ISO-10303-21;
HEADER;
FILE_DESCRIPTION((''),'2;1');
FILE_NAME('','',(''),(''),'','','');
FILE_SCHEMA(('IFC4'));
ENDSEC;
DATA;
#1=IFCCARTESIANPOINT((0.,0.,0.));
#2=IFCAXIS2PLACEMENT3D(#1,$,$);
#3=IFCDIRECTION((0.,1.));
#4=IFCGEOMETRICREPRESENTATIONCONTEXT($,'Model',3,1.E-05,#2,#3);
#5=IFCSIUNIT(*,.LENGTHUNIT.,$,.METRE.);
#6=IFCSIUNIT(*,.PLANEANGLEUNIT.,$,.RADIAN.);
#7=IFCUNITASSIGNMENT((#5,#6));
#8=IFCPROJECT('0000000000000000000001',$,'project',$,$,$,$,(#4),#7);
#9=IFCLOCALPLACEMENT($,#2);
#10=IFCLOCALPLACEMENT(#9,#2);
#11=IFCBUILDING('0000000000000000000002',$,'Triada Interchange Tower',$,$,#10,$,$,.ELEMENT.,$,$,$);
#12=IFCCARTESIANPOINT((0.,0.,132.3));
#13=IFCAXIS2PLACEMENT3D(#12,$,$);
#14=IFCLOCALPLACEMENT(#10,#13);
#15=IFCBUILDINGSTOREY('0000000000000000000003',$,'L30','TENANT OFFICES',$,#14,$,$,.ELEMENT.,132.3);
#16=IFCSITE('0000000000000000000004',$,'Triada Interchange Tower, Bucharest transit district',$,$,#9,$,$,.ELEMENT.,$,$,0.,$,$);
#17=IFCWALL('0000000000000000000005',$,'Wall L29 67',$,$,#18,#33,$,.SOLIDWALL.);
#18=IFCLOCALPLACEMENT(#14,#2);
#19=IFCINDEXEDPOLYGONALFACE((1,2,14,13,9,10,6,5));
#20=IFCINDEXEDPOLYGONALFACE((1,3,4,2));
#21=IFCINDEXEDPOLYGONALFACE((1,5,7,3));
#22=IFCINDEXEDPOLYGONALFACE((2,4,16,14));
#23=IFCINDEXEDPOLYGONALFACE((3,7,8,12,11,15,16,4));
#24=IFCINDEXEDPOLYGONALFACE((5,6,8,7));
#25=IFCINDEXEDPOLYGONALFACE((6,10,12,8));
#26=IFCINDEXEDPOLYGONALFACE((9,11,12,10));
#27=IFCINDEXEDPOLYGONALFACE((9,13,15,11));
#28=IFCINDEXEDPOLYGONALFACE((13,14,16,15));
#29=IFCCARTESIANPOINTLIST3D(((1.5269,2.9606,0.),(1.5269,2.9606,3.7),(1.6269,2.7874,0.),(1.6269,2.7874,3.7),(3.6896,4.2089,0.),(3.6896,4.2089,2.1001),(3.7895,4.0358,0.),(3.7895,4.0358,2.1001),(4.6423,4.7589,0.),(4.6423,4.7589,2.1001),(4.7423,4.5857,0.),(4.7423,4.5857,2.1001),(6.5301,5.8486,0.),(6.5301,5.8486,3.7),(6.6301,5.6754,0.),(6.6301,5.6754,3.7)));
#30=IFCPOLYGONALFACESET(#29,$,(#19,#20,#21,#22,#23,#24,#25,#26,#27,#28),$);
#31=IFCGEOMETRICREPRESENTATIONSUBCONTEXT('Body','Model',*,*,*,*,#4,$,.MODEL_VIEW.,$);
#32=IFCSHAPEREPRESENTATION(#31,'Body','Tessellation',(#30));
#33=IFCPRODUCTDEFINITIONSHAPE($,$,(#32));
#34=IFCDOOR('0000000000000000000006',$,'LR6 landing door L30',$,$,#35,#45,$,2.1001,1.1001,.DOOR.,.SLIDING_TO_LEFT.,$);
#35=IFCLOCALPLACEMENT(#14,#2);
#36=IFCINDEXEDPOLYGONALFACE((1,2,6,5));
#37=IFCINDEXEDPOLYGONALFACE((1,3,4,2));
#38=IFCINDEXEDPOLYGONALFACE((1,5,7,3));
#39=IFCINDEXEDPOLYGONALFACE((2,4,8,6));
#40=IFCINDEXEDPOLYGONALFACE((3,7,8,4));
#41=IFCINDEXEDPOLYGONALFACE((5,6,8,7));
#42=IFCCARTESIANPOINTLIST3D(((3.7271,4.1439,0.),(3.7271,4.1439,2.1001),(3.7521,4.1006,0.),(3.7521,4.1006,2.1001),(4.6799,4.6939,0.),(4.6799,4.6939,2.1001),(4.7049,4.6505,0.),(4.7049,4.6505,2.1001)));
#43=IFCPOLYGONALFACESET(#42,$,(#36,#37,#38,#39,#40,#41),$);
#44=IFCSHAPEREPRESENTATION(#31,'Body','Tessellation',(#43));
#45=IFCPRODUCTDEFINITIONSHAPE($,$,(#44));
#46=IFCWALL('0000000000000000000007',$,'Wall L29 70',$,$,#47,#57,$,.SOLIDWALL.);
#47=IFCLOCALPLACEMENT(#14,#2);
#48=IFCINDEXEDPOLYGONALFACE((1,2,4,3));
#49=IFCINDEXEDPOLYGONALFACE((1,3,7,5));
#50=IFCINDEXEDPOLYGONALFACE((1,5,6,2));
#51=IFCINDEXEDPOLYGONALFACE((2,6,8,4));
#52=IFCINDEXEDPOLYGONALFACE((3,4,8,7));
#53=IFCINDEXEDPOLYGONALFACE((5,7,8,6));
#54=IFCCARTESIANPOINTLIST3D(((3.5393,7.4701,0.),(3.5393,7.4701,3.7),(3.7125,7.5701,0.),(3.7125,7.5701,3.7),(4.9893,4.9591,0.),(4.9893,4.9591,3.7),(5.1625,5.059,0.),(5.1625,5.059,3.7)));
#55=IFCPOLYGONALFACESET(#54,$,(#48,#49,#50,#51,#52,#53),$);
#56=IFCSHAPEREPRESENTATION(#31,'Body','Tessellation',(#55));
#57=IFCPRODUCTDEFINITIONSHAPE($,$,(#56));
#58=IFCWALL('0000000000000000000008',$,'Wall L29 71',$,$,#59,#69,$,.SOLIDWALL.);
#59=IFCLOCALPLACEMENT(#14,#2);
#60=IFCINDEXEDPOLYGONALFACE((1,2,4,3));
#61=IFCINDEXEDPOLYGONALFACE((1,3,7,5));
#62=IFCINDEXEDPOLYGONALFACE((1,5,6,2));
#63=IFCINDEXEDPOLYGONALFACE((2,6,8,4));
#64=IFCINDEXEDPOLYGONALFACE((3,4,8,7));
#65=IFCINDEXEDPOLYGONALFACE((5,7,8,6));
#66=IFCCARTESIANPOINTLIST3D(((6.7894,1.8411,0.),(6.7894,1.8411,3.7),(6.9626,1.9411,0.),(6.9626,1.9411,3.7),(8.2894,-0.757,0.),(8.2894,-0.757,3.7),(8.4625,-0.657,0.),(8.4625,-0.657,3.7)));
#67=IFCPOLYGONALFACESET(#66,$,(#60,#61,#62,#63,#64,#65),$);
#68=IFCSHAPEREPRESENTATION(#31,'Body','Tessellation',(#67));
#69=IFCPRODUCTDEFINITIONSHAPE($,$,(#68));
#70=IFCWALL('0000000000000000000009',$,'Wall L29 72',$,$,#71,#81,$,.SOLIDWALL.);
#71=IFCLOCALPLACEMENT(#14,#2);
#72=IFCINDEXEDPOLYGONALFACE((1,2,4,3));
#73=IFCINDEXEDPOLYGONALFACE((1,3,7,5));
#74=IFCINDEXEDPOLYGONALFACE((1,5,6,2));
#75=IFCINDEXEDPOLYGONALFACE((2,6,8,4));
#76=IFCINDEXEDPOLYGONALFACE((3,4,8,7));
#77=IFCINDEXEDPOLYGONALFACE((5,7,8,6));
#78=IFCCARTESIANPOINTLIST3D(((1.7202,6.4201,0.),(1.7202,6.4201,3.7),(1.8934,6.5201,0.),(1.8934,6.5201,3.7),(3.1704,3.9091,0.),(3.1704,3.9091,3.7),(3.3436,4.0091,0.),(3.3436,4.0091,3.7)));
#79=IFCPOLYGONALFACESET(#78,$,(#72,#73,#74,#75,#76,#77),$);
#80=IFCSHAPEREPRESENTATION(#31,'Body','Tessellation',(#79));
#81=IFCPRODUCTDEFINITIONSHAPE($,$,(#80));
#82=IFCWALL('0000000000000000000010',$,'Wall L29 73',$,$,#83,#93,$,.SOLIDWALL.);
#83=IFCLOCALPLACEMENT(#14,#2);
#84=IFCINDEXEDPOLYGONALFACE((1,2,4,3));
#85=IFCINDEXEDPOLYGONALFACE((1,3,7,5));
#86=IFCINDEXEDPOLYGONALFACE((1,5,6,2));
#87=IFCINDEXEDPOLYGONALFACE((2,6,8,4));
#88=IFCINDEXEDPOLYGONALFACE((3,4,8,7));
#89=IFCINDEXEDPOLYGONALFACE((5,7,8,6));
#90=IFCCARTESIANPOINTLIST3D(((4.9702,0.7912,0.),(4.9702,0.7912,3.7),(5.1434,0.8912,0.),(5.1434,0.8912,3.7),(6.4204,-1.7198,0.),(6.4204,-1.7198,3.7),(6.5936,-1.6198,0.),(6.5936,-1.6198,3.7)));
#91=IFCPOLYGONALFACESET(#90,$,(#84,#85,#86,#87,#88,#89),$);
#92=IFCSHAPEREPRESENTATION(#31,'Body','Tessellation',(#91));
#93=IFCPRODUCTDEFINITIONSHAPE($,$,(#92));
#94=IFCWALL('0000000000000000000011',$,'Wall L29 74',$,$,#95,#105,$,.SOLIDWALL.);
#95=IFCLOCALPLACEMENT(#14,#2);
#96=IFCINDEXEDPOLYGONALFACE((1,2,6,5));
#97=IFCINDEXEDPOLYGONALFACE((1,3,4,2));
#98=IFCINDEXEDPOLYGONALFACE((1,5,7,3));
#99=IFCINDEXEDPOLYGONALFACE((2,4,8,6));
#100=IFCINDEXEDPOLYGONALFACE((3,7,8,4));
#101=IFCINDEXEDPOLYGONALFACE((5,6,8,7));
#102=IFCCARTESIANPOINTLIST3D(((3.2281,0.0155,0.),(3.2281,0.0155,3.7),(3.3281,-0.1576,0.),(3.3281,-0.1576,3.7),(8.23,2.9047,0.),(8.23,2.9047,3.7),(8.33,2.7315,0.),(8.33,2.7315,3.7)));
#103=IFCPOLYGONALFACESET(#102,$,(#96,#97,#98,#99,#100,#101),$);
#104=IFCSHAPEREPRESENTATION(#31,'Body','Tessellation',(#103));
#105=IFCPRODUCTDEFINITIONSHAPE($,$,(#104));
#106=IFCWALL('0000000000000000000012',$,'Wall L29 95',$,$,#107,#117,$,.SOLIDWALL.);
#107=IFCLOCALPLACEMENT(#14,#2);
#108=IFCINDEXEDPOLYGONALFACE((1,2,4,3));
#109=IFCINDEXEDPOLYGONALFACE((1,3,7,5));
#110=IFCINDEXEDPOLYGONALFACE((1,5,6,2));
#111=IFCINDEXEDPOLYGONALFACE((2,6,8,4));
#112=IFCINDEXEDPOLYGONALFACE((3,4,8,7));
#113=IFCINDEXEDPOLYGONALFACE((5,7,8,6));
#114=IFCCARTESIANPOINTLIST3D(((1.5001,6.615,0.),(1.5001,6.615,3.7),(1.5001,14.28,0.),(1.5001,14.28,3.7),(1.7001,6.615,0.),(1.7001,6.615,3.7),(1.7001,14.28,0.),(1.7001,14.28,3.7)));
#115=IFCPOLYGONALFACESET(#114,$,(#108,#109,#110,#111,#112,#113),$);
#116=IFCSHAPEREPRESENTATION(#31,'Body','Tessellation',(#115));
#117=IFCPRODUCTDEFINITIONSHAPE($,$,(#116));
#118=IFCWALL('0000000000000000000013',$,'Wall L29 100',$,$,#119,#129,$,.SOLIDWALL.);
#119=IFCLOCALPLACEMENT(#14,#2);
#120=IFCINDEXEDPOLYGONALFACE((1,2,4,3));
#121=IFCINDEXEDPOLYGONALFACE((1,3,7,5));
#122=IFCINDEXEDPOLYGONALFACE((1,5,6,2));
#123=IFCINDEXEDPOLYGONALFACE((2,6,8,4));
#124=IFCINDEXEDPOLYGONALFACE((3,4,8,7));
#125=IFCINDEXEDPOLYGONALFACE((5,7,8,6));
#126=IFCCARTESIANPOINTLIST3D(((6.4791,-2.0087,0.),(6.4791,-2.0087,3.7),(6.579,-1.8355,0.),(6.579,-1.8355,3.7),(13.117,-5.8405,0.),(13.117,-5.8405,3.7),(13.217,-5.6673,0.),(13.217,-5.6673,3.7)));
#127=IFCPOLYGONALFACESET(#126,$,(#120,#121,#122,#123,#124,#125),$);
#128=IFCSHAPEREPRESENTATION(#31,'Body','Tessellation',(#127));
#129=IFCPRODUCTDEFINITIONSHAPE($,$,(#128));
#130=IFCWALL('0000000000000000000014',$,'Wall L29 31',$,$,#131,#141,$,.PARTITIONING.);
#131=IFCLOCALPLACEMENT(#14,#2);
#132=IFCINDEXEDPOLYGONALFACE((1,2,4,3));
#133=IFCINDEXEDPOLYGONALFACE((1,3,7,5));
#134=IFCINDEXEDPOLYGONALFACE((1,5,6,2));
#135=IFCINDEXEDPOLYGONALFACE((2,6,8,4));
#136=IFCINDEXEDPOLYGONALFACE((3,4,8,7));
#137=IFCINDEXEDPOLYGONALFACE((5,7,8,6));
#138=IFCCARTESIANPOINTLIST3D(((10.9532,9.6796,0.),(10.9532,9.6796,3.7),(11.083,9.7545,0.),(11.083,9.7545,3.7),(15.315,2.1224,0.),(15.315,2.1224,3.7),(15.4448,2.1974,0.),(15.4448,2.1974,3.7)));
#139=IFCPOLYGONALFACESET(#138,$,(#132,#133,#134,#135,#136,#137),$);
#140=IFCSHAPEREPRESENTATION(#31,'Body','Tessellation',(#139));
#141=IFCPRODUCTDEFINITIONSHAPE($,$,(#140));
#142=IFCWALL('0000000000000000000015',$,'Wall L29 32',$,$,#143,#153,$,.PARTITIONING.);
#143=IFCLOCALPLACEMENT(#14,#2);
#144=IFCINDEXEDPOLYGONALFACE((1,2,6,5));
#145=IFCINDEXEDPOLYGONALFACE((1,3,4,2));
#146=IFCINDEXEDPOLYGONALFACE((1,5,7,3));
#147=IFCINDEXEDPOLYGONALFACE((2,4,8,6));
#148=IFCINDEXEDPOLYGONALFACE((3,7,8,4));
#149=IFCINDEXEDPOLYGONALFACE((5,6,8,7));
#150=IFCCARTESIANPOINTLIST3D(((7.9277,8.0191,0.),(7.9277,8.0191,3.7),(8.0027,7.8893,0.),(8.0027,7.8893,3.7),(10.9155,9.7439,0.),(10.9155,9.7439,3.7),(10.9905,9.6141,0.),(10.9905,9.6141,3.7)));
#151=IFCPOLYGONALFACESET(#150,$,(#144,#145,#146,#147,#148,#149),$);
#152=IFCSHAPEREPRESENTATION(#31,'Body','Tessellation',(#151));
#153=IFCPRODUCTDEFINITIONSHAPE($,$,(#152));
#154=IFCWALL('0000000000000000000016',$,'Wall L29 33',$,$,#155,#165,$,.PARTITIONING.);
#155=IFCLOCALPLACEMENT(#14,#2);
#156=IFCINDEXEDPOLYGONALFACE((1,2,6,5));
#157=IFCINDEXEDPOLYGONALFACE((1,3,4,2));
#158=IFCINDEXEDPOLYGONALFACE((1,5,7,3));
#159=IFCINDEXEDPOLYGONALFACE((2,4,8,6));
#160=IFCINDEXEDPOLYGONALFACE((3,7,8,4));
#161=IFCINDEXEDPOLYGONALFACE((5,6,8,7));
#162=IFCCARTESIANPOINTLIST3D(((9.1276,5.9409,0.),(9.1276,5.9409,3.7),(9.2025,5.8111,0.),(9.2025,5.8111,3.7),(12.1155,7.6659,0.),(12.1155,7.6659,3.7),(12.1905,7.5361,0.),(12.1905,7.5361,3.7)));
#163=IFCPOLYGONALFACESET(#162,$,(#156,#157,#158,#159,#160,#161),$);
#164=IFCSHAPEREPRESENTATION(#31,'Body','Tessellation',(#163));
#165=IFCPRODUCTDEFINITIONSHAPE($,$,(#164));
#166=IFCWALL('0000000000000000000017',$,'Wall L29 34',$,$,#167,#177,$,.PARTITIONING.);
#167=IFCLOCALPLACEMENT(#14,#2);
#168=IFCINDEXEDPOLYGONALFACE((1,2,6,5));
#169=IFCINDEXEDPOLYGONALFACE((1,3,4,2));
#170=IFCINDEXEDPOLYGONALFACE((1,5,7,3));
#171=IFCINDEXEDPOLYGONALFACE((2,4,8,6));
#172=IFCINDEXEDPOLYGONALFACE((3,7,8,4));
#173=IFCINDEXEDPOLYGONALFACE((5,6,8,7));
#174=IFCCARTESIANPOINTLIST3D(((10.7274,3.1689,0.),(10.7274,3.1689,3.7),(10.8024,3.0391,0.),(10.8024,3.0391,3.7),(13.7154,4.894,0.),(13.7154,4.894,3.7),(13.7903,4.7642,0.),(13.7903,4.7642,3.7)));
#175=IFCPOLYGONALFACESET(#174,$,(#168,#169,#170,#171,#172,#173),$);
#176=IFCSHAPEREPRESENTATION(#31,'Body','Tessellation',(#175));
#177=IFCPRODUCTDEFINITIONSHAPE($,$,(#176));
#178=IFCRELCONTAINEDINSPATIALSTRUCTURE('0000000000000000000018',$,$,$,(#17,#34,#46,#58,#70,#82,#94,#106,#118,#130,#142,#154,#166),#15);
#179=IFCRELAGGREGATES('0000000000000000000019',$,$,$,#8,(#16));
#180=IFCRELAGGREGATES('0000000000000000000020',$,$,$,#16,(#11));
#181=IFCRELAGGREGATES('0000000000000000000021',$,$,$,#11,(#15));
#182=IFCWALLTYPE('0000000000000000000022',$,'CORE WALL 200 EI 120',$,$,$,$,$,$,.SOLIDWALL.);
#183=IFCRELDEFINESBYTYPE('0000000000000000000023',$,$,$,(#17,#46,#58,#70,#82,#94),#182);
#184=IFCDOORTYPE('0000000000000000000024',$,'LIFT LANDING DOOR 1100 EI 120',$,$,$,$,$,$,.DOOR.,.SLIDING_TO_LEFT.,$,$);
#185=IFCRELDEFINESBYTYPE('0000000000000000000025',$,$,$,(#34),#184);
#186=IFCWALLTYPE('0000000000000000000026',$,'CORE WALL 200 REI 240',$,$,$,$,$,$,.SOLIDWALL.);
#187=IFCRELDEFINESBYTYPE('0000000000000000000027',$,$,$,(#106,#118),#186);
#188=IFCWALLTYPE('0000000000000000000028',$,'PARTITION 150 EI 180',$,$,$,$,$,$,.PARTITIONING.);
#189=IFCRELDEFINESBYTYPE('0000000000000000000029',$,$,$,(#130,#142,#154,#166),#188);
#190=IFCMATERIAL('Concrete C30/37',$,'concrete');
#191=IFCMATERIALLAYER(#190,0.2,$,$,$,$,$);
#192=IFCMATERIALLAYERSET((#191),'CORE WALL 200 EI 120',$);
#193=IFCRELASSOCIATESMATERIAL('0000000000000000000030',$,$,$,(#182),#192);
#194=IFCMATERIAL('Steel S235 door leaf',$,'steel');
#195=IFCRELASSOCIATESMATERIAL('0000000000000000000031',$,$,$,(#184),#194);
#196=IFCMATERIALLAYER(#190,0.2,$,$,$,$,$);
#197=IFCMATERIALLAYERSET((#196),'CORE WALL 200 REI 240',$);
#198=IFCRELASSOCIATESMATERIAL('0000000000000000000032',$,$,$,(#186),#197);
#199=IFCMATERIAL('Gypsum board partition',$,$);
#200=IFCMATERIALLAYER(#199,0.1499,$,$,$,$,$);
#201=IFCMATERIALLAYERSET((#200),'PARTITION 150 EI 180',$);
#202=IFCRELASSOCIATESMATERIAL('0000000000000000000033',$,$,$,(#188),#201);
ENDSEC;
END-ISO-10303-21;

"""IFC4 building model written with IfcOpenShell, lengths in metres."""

from ifc_helpers import new_model, si_unit, direction, frame, frame_2d, origin, place, context, subcontext, project, spatial, rectangle, extrude, material, layer, layer_set, type_object, element, fill, save


model = new_model("IFC4")

# Units and contexts
model_context = context("Model", 3, precision=1e-05, world=origin(), true_north=direction((0.0, 1.0)))
body_context = subcontext(model_context, "Body", "Model", "MODEL_VIEW")
ifc_project = project(units=[si_unit("LENGTHUNIT", "METRE"), si_unit("PLANEANGLEUNIT", "RADIAN")], contexts=[model_context])

# Site, building, storey
site_placement = place(None, origin())
site = spatial("IfcSite", under=ifc_project, at=site_placement, Name="Triada Interchange Tower, Bucharest transit district", CompositionType="ELEMENT", RefElevation=0.0)
building_placement = place(site_placement, origin())
building = spatial("IfcBuilding", under=site, at=building_placement, Name="Triada Interchange Tower", CompositionType="ELEMENT")
storey_placement = place(building_placement, frame((0.0, 0.0, 132.3)))
storey = spatial("IfcBuildingStorey", under=building, at=storey_placement, Name="L30", Description="TENANT OFFICES", CompositionType="ELEMENT", Elevation=132.3)

# Shared definitions
ifc_material_1 = material(Name="Concrete C30/37", Category="concrete")
ifc_layer_1 = layer(ifc_material_1, 0.2)
ifc_layer_set_1 = layer_set([ifc_layer_1], Name="CORE WALL 200 EI 120")
wall_type_1 = type_object("IfcWallType", Name="CORE WALL 200 EI 120", PredefinedType="SOLIDWALL", material=ifc_layer_set_1)
ifc_material_2 = material(Name="Steel S235 door leaf", Category="steel")
door_type = type_object("IfcDoorType", Name="LIFT LANDING DOOR 1100 EI 120", OperationType="SLIDING_TO_LEFT", PredefinedType="DOOR", material=ifc_material_2)

# Wall, opening, door
wall_1_placement = place(storey_placement, frame((1.5769, 2.874, 0.0), z_axis=(0.0, 0.0, 1.0), x_axis=(0.866074, 0.499916, 0.0)))
wall_1 = element("IfcWall", 1, at=wall_1_placement, inside=storey, type_object=wall_type_1, Name="Wall L29 67", PredefinedType="SOLIDWALL", context=body_context, shape_type="SweptSolid", body=[
    extrude(rectangle(XDim=5.7769, YDim=0.2, at=frame_2d((2.8884, 0.0))), origin(), (0.0, 0.0, 1.0), 3.7),
])
opening_1_placement = place(wall_1_placement, frame((2.4971, 0.0, 0.0)))
opening_1 = element("IfcOpeningElement", 2, at=opening_1_placement, cuts=wall_1, PredefinedType="OPENING", context=body_context, shape_type="SweptSolid", body=[
    extrude(rectangle(XDim=1.1001, YDim=2.1001, at=frame_2d((0.55, 1.05))), frame((0.0, 0.1099, 0.0), z_axis=(0.0, -1.0, 0.0), x_axis=(1.0, 0.0, 0.0)), (0.0, 0.0, 1.0), 0.22),
])
door_1_placement = place(opening_1_placement, origin())
door_1 = element("IfcDoor", 3, at=door_1_placement, inside=storey, type_object=door_type, Name="LR6 landing door L30", OperationType="SLIDING_TO_LEFT", OverallHeight=2.1001, OverallWidth=1.1001, PredefinedType="DOOR", context=body_context, shape_type="SweptSolid", body=[
    extrude(rectangle(XDim=1.1001, YDim=2.1001, at=frame_2d((0.55, 1.05))), frame((0.0, 0.0249, 0.0), z_axis=(0.0, -1.0, 0.0), x_axis=(1.0, 0.0, 0.0)), (0.0, 0.0, 1.0), 0.05),
])
fill(opening_1, door_1)

# Walls
wall_2_placement = place(storey_placement, frame((3.626, 7.52, 0.0), z_axis=(0.0, 0.0, 1.0), x_axis=(0.50006, -0.865991, 0.0)))
element("IfcWall", 4, at=wall_2_placement, inside=storey, type_object=wall_type_1, Name="Wall L29 70", PredefinedType="SOLIDWALL", context=body_context, shape_type="SweptSolid", body=[
    extrude(rectangle(XDim=2.8997, YDim=0.2, at=frame_2d((1.4497, 0.0))), origin(), (0.0, 0.0, 1.0), 3.7),
])
wall_3_placement = place(storey_placement, frame((6.876, 1.8911, 0.0), z_axis=(0.0, 0.0, 1.0), x_axis=(0.49999, -0.866031, 0.0)))
element("IfcWall", 5, at=wall_3_placement, inside=storey, type_object=wall_type_1, Name="Wall L29 71", PredefinedType="SOLIDWALL", context=body_context, shape_type="SweptSolid", body=[
    extrude(rectangle(XDim=3.0, YDim=0.2, at=frame_2d((1.5, 0.0))), origin(), (0.0, 0.0, 1.0), 3.7),
])
for number, where, z_axis, x_axis, name in (
    (6, (1.8069, 6.47, 0.0), (0.0, 0.0, 1.0), (0.500123, -0.865954, 0.0), "Wall L29 72"),
    (7, (5.0569, 0.8411, 0.0), (0.0, 0.0, 1.0), (0.500123, -0.865954, 0.0), "Wall L29 73"),
):
    element("IfcWall", number, at=place(storey_placement, frame(where, z_axis=z_axis, x_axis=x_axis)), inside=storey, type_object=wall_type_1, Name=name, PredefinedType="SOLIDWALL", context=body_context, shape_type="SweptSolid", body=[
        extrude(rectangle(XDim=2.8997, YDim=0.2, at=frame_2d((1.4497, 0.0))), origin(), (0.0, 0.0, 1.0), 3.7),
    ])
wall_4_placement = place(storey_placement, frame((3.2781, -0.071, 0.0), z_axis=(0.0, 0.0, 1.0), x_axis=(0.865929, 0.500166, 0.0)))
element("IfcWall", 8, at=wall_4_placement, inside=storey, type_object=wall_type_1, Name="Wall L29 74", PredefinedType="SOLIDWALL", context=body_context, shape_type="SweptSolid", body=[
    extrude(rectangle(XDim=5.7764, YDim=0.2, at=frame_2d((2.8882, 0.0))), origin(), (0.0, 0.0, 1.0), 3.7),
])
ifc_layer_2 = layer(ifc_material_1, 0.2)
ifc_layer_set_2 = layer_set([ifc_layer_2], Name="CORE WALL 200 REI 240")
wall_type_2 = type_object("IfcWallType", Name="CORE WALL 200 REI 240", PredefinedType="SOLIDWALL", material=ifc_layer_set_2)
wall_5_placement = place(storey_placement, frame((1.6001, 6.615, 0.0), z_axis=(0.0, 0.0, 1.0), x_axis=(0.0, 1.0, 0.0)))
element("IfcWall", 9, at=wall_5_placement, inside=storey, type_object=wall_type_2, Name="Wall L29 95", PredefinedType="SOLIDWALL", context=body_context, shape_type="SweptSolid", body=[
    extrude(rectangle(XDim=7.665, YDim=0.2, at=frame_2d((3.8325, 0.0))), origin(), (0.0, 0.0, 1.0), 3.7),
])
wall_6_placement = place(storey_placement, frame((6.5291, -1.9221, 0.0), z_axis=(0.0, 0.0, 1.0), x_axis=(0.866061, -0.499938, 0.0)))
element("IfcWall", 10, at=wall_6_placement, inside=storey, type_object=wall_type_2, Name="Wall L29 100", PredefinedType="SOLIDWALL", context=body_context, shape_type="SweptSolid", body=[
    extrude(rectangle(XDim=7.6646, YDim=0.2, at=frame_2d((3.8323, 0.0))), origin(), (0.0, 0.0, 1.0), 3.7),
])
ifc_material_3 = material(Name="Gypsum board partition")
ifc_layer_3 = layer(ifc_material_3, 0.1499)
ifc_layer_set_3 = layer_set([ifc_layer_3], Name="PARTITION 150 EI 180")
wall_type_3 = type_object("IfcWallType", Name="PARTITION 150 EI 180", PredefinedType="PARTITIONING", material=ifc_layer_set_3)
wall_7_placement = place(storey_placement, frame((11.0181, 9.717, 0.0), z_axis=(0.0, 0.0, 1.0), x_axis=(0.499889, -0.86609, 0.0)))
element("IfcWall", 11, at=wall_7_placement, inside=storey, type_object=wall_type_3, Name="Wall L29 31", PredefinedType="PARTITIONING", context=body_context, shape_type="SweptSolid", body=[
    extrude(rectangle(XDim=8.7256, YDim=0.1499, at=frame_2d((4.3628, 0.0))), origin(), (0.0, 0.0, 1.0), 3.7),
])
wall_8_placement = place(storey_placement, frame((7.9651, 7.9541, 0.0), z_axis=(0.0, 0.0, 1.0), x_axis=(0.866044, 0.499967, 0.0)))
element("IfcWall", 12, at=wall_8_placement, inside=storey, type_object=wall_type_3, Name="Wall L29 32", PredefinedType="PARTITIONING", context=body_context, shape_type="SweptSolid", body=[
    extrude(rectangle(XDim=3.45, YDim=0.1499, at=frame_2d((1.7251, 0.0))), origin(), (0.0, 0.0, 1.0), 3.7),
])
for number, where, z_axis, x_axis, name in (
    (13, (9.165, 5.876, 0.0), (0.0, 0.0, 1.0), (0.866031, 0.49999, 0.0), "Wall L29 33"),
    (14, (10.7649, 3.104, 0.0), (0.0, 0.0, 1.0), (0.866031, 0.49999, 0.0), "Wall L29 34"),
):
    element("IfcWall", number, at=place(storey_placement, frame(where, z_axis=z_axis, x_axis=x_axis)), inside=storey, type_object=wall_type_3, Name=name, PredefinedType="PARTITIONING", context=body_context, shape_type="SweptSolid", body=[
        extrude(rectangle(XDim=3.4502, YDim=0.1499, at=frame_2d((1.7251, 0.0))), origin(), (0.0, 0.0, 1.0), 3.7),
    ])

save(model, "model.ifc")
